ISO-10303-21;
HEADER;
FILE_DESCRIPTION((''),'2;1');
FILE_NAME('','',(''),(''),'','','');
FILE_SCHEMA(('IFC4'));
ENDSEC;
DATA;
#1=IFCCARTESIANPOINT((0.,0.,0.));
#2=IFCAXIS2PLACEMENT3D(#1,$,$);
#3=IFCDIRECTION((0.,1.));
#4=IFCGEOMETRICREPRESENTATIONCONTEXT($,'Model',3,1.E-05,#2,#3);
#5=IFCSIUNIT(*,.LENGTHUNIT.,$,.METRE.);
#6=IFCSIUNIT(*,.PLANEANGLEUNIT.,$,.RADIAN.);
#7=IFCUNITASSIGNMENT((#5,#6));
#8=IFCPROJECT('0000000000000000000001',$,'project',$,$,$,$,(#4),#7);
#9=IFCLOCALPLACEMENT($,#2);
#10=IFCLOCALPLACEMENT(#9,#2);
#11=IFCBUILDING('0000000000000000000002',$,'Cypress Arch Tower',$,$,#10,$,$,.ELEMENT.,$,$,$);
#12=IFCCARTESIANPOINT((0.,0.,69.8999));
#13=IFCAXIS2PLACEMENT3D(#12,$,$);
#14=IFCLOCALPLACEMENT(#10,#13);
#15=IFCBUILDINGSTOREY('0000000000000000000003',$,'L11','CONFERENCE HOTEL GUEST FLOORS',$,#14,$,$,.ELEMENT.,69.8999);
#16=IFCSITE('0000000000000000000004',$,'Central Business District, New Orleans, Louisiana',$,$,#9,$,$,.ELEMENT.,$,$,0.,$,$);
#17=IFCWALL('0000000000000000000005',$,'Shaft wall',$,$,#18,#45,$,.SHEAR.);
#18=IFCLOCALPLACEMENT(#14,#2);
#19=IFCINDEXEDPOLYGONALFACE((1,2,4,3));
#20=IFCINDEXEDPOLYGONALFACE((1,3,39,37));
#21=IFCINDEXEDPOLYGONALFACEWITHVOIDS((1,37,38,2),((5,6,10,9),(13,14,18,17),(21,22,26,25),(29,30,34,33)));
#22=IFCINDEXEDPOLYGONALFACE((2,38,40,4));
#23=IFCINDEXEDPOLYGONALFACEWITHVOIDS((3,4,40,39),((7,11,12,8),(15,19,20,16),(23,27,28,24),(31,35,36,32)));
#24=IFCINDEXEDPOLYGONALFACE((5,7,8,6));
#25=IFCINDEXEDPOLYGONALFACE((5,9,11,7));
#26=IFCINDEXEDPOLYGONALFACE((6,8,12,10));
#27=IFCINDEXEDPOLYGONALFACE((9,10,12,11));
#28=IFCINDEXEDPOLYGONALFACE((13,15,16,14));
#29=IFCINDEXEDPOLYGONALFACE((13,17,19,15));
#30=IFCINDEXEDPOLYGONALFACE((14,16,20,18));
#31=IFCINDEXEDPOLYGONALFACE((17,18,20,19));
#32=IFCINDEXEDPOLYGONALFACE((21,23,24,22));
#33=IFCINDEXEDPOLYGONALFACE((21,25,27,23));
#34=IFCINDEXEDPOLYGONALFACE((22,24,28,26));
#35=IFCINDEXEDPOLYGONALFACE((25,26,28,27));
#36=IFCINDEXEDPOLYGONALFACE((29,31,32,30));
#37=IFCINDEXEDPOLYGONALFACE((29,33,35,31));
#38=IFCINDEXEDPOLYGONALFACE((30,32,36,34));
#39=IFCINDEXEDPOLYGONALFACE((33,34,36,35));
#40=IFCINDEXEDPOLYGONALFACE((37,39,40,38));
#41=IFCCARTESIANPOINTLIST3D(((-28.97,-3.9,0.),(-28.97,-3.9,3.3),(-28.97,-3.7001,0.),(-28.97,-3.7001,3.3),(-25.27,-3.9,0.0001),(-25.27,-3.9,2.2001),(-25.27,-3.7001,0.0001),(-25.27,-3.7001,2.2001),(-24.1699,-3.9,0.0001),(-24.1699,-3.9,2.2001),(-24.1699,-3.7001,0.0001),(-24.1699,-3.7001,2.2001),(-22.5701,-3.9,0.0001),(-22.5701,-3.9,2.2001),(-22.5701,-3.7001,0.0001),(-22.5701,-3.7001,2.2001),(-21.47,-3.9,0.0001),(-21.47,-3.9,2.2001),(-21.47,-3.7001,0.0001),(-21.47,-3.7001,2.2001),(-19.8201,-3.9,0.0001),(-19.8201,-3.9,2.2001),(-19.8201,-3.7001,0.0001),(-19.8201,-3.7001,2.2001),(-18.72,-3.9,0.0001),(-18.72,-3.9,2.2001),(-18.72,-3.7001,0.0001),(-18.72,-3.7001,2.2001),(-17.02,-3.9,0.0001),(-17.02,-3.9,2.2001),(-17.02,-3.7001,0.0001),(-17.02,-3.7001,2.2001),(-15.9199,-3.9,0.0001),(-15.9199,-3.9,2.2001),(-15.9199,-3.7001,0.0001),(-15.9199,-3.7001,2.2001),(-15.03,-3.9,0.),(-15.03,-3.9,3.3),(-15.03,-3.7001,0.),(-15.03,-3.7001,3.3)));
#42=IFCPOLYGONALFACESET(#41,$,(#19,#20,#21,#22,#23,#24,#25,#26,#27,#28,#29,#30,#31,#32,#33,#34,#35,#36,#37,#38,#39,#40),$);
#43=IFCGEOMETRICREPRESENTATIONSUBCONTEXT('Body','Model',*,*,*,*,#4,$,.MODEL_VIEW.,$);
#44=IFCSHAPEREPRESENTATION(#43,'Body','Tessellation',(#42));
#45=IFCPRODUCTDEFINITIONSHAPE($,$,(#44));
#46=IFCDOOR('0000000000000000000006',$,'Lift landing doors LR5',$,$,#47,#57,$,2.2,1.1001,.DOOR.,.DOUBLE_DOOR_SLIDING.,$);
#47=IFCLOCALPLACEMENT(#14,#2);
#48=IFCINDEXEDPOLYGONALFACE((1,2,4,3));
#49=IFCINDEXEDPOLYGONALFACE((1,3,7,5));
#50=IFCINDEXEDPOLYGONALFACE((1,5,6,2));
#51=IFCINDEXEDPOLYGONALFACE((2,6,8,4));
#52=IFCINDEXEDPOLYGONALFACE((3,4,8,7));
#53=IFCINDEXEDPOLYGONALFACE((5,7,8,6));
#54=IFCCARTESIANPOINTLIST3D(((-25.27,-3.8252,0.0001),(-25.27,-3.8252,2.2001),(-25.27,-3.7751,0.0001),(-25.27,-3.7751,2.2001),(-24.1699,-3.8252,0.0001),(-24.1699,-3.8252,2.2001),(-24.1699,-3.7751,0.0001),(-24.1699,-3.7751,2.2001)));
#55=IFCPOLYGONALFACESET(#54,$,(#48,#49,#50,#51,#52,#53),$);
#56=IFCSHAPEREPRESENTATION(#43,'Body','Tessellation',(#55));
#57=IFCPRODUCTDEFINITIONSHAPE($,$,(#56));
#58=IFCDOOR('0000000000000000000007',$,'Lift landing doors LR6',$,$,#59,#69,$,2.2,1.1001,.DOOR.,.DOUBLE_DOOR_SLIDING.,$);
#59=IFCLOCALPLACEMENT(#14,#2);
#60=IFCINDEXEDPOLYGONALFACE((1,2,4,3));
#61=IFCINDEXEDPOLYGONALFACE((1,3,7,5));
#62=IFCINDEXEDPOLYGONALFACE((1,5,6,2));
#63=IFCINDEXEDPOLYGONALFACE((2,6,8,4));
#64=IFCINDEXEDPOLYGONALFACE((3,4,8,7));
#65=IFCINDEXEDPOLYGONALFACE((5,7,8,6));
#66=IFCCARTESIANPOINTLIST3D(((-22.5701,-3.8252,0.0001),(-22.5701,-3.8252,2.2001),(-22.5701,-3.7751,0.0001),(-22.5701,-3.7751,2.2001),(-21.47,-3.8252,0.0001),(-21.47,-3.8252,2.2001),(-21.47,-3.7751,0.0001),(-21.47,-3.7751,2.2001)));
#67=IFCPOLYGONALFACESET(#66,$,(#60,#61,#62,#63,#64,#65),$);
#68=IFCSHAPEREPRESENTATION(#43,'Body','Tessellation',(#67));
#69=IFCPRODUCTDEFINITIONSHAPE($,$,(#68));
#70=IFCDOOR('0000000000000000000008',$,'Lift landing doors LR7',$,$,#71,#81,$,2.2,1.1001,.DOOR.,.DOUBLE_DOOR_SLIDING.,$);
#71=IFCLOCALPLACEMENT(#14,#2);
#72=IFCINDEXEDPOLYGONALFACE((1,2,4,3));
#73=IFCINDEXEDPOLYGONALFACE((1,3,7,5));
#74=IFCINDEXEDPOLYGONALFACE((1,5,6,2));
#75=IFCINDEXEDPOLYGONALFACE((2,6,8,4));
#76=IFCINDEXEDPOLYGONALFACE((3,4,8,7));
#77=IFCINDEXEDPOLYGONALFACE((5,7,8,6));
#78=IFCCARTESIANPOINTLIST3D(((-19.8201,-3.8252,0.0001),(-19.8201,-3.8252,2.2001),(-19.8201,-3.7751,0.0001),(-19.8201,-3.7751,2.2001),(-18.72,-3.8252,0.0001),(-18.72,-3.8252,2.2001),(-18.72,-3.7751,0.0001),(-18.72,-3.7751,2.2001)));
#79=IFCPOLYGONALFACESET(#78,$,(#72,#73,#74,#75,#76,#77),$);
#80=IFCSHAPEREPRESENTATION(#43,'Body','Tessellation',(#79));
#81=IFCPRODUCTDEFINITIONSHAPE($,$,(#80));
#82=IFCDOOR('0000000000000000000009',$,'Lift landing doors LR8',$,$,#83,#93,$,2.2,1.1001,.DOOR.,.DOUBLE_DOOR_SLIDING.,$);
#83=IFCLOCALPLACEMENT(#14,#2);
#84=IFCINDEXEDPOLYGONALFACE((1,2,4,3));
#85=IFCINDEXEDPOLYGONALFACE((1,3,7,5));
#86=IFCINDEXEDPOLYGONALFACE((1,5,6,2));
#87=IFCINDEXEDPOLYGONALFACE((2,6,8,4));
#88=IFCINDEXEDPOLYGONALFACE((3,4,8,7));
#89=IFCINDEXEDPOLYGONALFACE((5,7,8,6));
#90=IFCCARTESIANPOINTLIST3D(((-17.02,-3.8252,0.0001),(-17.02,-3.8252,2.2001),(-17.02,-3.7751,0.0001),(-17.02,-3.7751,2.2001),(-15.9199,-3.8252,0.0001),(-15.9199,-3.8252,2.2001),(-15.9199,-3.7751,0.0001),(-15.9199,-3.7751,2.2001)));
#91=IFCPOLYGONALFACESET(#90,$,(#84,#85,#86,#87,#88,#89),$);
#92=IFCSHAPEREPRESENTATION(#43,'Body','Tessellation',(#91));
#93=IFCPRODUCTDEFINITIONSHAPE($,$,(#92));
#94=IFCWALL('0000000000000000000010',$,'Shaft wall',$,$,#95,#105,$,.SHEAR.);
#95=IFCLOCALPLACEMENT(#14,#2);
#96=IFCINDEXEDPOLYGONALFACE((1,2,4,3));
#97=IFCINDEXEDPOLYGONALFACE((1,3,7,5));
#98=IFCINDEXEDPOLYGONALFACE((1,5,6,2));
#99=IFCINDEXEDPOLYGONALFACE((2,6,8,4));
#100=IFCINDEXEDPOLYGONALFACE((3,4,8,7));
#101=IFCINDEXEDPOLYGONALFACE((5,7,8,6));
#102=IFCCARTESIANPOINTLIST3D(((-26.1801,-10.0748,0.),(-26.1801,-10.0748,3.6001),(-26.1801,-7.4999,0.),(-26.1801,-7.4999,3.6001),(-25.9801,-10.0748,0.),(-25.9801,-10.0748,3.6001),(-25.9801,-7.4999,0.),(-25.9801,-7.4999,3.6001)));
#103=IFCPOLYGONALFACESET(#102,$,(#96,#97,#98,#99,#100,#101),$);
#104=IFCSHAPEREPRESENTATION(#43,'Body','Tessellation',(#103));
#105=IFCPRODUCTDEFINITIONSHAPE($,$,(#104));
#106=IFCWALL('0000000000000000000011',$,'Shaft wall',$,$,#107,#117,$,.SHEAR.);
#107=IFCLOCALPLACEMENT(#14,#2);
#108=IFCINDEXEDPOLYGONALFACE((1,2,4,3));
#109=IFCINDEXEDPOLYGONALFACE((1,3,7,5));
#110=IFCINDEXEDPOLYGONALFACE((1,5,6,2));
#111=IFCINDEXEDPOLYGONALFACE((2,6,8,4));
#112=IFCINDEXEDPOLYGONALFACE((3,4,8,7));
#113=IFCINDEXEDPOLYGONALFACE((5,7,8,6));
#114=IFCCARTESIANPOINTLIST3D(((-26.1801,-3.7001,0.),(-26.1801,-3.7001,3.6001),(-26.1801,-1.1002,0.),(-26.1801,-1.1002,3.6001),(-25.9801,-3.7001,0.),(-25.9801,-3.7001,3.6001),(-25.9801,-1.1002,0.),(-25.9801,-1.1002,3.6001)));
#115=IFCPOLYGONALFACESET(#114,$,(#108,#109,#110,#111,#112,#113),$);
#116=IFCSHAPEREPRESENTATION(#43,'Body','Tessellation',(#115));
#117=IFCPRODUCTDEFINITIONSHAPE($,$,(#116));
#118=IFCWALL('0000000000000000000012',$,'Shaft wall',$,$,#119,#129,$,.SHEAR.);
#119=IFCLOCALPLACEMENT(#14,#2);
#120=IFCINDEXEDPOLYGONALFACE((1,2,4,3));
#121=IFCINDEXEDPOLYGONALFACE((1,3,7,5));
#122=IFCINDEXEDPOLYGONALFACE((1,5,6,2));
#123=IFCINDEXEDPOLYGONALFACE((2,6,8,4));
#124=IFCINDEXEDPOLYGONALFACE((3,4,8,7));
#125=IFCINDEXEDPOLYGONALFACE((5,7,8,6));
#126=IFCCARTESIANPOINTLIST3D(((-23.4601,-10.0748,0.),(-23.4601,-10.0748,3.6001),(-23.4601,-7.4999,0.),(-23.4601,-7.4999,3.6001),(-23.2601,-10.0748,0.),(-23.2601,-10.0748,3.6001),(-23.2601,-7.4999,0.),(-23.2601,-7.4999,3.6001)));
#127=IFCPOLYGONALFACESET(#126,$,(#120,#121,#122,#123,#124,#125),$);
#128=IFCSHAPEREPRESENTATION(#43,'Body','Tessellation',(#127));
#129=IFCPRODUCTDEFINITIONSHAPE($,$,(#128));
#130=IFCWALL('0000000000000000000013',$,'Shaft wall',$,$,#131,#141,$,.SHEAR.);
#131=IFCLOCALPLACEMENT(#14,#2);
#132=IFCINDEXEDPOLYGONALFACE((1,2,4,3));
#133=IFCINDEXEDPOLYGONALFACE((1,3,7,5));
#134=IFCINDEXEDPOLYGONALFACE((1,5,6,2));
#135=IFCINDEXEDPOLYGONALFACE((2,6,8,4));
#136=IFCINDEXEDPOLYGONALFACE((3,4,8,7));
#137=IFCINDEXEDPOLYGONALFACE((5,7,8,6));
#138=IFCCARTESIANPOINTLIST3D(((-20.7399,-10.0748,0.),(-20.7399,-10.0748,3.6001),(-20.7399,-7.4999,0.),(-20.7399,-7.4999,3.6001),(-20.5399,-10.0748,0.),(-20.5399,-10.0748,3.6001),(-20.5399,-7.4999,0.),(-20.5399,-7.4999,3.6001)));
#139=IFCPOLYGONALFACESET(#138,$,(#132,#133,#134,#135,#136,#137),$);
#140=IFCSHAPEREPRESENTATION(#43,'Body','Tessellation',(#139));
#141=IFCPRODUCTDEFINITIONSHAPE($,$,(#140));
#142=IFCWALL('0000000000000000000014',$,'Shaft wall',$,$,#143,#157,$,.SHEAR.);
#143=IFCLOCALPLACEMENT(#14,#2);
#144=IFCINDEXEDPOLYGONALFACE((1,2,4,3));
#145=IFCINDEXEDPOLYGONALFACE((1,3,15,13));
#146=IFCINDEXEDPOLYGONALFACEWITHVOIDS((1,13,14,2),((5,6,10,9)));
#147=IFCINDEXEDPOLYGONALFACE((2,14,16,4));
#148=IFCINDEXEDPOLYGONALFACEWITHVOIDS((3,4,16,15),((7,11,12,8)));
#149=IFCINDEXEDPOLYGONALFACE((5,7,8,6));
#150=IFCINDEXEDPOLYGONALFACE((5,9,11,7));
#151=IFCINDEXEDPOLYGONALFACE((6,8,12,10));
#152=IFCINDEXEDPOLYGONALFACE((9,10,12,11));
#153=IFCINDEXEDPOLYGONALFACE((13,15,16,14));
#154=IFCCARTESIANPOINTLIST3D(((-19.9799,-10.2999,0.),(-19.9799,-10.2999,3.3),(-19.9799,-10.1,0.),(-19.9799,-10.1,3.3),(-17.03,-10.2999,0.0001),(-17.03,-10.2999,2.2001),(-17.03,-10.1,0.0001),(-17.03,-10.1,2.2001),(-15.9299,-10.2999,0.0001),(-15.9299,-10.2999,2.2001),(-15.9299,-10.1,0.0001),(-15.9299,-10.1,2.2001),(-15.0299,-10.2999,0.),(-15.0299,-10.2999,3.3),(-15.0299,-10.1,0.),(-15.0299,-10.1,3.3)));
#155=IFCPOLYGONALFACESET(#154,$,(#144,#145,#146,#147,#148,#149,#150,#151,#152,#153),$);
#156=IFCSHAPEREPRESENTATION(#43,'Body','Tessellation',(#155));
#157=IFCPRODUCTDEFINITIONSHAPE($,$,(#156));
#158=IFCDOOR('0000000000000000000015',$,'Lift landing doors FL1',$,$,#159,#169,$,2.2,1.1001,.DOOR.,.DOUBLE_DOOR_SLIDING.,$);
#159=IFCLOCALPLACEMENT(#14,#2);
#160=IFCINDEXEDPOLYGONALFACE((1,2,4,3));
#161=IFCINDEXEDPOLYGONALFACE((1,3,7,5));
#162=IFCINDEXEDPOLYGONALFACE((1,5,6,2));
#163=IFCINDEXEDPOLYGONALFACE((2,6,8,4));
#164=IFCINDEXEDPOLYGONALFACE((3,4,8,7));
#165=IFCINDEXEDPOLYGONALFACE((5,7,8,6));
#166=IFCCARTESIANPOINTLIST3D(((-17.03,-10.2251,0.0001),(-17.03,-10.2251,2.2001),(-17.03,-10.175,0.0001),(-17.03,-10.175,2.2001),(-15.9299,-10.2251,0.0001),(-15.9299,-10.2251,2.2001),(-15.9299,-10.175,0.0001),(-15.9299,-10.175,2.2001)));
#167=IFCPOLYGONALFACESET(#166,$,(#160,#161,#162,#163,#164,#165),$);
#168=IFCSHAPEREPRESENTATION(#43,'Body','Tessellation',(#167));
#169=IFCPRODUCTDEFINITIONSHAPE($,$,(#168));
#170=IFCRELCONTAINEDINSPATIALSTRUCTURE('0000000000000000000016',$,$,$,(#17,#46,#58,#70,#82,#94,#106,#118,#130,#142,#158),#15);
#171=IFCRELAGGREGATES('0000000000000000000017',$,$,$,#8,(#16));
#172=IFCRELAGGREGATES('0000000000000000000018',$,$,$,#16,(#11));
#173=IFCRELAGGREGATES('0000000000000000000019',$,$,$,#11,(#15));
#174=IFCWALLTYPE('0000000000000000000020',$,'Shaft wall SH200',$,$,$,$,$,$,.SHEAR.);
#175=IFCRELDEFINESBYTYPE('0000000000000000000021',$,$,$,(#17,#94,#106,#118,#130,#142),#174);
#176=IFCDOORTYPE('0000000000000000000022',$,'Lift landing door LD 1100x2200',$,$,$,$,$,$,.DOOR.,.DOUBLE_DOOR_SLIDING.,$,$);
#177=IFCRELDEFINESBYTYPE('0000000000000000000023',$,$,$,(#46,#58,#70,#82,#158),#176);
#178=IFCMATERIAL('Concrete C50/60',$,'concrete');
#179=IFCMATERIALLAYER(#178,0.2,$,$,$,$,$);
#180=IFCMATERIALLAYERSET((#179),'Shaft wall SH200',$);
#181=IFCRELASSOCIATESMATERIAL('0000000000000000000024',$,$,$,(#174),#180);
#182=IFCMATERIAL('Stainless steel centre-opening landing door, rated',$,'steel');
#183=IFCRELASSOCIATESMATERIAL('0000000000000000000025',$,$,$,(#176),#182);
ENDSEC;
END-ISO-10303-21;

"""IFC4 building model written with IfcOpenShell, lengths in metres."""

from ifc_helpers import new_model, si_unit, direction, frame, frame_2d, origin, place, context, subcontext, project, spatial, rectangle, extrude, material, layer, layer_set, type_object, element, fill, save


model = new_model("IFC4")

# Units and contexts
model_context = context("Model", 3, precision=1e-05, world=origin(), true_north=direction((0.0, 1.0)))
body_context = subcontext(model_context, "Body", "Model", "MODEL_VIEW")
ifc_project = project(units=[si_unit("LENGTHUNIT", "METRE"), si_unit("PLANEANGLEUNIT", "RADIAN")], contexts=[model_context])

# Site, building, storey
site_placement = place(None, origin())
site = spatial("IfcSite", under=ifc_project, at=site_placement, Name="Central Business District, New Orleans, Louisiana", CompositionType="ELEMENT", RefElevation=0.0)
building_placement = place(site_placement, origin())
building = spatial("IfcBuilding", under=site, at=building_placement, Name="Cypress Arch Tower", CompositionType="ELEMENT")
storey_placement = place(building_placement, frame((0.0, 0.0, 69.8999)))
storey = spatial("IfcBuildingStorey", under=building, at=storey_placement, Name="L11", Description="CONFERENCE HOTEL GUEST FLOORS", CompositionType="ELEMENT", Elevation=69.8999)

# Wall, openings, doors
ifc_material_1 = material(Name="Concrete C50/60", Category="concrete")
ifc_layer_1 = layer(ifc_material_1, 0.2)
ifc_layer_set_1 = layer_set([ifc_layer_1], Name="Shaft wall SH200")
wall_type_1 = type_object("IfcWallType", Name="Shaft wall SH200", PredefinedType="SHEAR", material=ifc_layer_set_1)
ifc_material_2 = material(Name="Stainless steel centre-opening landing door, rated", Category="steel")
door_type = type_object("IfcDoorType", Name="Lift landing door LD 1100x2200", OperationType="DOUBLE_DOOR_SLIDING", PredefinedType="DOOR", material=ifc_material_2)
wall_1_placement = place(storey_placement, frame((-28.97, -3.8, 0.0), z_axis=(0.0, 0.0, 1.0), x_axis=(1.0, 0.0, 0.0)))
wall_1 = element("IfcWall", 1, at=wall_1_placement, inside=storey, type_object=wall_type_1, Name="Shaft wall", PredefinedType="SHEAR", context=body_context, shape_type="SweptSolid", body=[
    extrude(rectangle(XDim=13.9399, YDim=0.2, at=frame_2d((6.97, 0.0))), origin(), (0.0, 0.0, 1.0), 3.3),
])
opening_1_placement = place(wall_1_placement, frame((3.7, 0.0, 0.0)))
opening_1 = element("IfcOpeningElement", 2, at=opening_1_placement, cuts=wall_1, PredefinedType="OPENING", context=body_context, shape_type="SweptSolid", body=[
    extrude(rectangle(XDim=1.1001, YDim=2.2, at=frame_2d((0.55, 1.1001))), frame((0.0, 0.1099, 0.0), z_axis=(0.0, -1.0, 0.0), x_axis=(1.0, 0.0, 0.0)), (0.0, 0.0, 1.0), 0.22),
])
opening_2_placement = place(wall_1_placement, frame((6.3999, 0.0, 0.0)))
opening_2 = element("IfcOpeningElement", 3, at=opening_2_placement, cuts=wall_1, PredefinedType="OPENING", context=body_context, shape_type="SweptSolid", body=[
    extrude(rectangle(XDim=1.1001, YDim=2.2, at=frame_2d((0.55, 1.1001))), frame((0.0, 0.1099, 0.0), z_axis=(0.0, -1.0, 0.0), x_axis=(1.0, 0.0, 0.0)), (0.0, 0.0, 1.0), 0.22),
])
opening_3_placement = place(wall_1_placement, frame((9.1499, 0.0, 0.0)))
opening_3 = element("IfcOpeningElement", 4, at=opening_3_placement, cuts=wall_1, PredefinedType="OPENING", context=body_context, shape_type="SweptSolid", body=[
    extrude(rectangle(XDim=1.1001, YDim=2.2, at=frame_2d((0.55, 1.1001))), frame((0.0, 0.1099, 0.0), z_axis=(0.0, -1.0, 0.0), x_axis=(1.0, 0.0, 0.0)), (0.0, 0.0, 1.0), 0.22),
])
opening_4_placement = place(wall_1_placement, frame((11.95, 0.0, 0.0)))
opening_4 = element("IfcOpeningElement", 5, at=opening_4_placement, cuts=wall_1, PredefinedType="OPENING", context=body_context, shape_type="SweptSolid", body=[
    extrude(rectangle(XDim=1.1001, YDim=2.2, at=frame_2d((0.55, 1.1001))), frame((0.0, 0.1099, 0.0), z_axis=(0.0, -1.0, 0.0), x_axis=(1.0, 0.0, 0.0)), (0.0, 0.0, 1.0), 0.22),
])
door_1_placement = place(opening_1_placement, origin())
door_1 = element("IfcDoor", 6, at=door_1_placement, inside=storey, type_object=door_type, Name="Lift landing doors LR5", OperationType="DOUBLE_DOOR_SLIDING", OverallHeight=2.2, OverallWidth=1.1001, PredefinedType="DOOR", context=body_context, shape_type="SweptSolid", body=[
    extrude(rectangle(XDim=1.1001, YDim=2.2, at=frame_2d((0.55, 1.1001))), frame((0.0, 0.0249, 0.0), z_axis=(0.0, -1.0, 0.0), x_axis=(1.0, 0.0, 0.0)), (0.0, 0.0, 1.0), 0.05),
])
fill(opening_1, door_1)
door_2_placement = place(opening_2_placement, origin())
door_2 = element("IfcDoor", 7, at=door_2_placement, inside=storey, type_object=door_type, Name="Lift landing doors LR6", OperationType="DOUBLE_DOOR_SLIDING", OverallHeight=2.2, OverallWidth=1.1001, PredefinedType="DOOR", context=body_context, shape_type="SweptSolid", body=[
    extrude(rectangle(XDim=1.1001, YDim=2.2, at=frame_2d((0.55, 1.1001))), frame((0.0, 0.0249, 0.0), z_axis=(0.0, -1.0, 0.0), x_axis=(1.0, 0.0, 0.0)), (0.0, 0.0, 1.0), 0.05),
])
fill(opening_2, door_2)
door_3_placement = place(opening_3_placement, origin())
door_3 = element("IfcDoor", 8, at=door_3_placement, inside=storey, type_object=door_type, Name="Lift landing doors LR7", OperationType="DOUBLE_DOOR_SLIDING", OverallHeight=2.2, OverallWidth=1.1001, PredefinedType="DOOR", context=body_context, shape_type="SweptSolid", body=[
    extrude(rectangle(XDim=1.1001, YDim=2.2, at=frame_2d((0.55, 1.1001))), frame((0.0, 0.0249, 0.0), z_axis=(0.0, -1.0, 0.0), x_axis=(1.0, 0.0, 0.0)), (0.0, 0.0, 1.0), 0.05),
])
fill(opening_3, door_3)
door_4_placement = place(opening_4_placement, origin())
door_4 = element("IfcDoor", 9, at=door_4_placement, inside=storey, type_object=door_type, Name="Lift landing doors LR8", OperationType="DOUBLE_DOOR_SLIDING", OverallHeight=2.2, OverallWidth=1.1001, PredefinedType="DOOR", context=body_context, shape_type="SweptSolid", body=[
    extrude(rectangle(XDim=1.1001, YDim=2.2, at=frame_2d((0.55, 1.1001))), frame((0.0, 0.0249, 0.0), z_axis=(0.0, -1.0, 0.0), x_axis=(1.0, 0.0, 0.0)), (0.0, 0.0, 1.0), 0.05),
])
fill(opening_4, door_4)

# Walls
wall_2_placement = place(storey_placement, frame((-26.0801, -10.075, 0.0), z_axis=(0.0, 0.0, 1.0), x_axis=(0.0, 1.0, 0.0)))
element("IfcWall", 10, at=wall_2_placement, inside=storey, type_object=wall_type_1, Name="Shaft wall", PredefinedType="SHEAR", context=body_context, shape_type="SweptSolid", body=[
    extrude(rectangle(XDim=2.575, YDim=0.2, at=frame_2d((1.2876, 0.0))), origin(), (0.0, 0.0, 1.0), 3.6001),
])
wall_3_placement = place(storey_placement, frame((-26.0801, -3.7, 0.0), z_axis=(0.0, 0.0, 1.0), x_axis=(0.0, 1.0, 0.0)))
element("IfcWall", 11, at=wall_3_placement, inside=storey, type_object=wall_type_1, Name="Shaft wall", PredefinedType="SHEAR", context=body_context, shape_type="SweptSolid", body=[
    extrude(rectangle(XDim=2.5999, YDim=0.2, at=frame_2d((1.2998, 0.0))), origin(), (0.0, 0.0, 1.0), 3.6001),
])
for number, where, z_axis, x_axis, name in (
    (12, (-23.3601, -10.075, 0.0), (0.0, 0.0, 1.0), (0.0, 1.0, 0.0), "Shaft wall"),
    (13, (-20.6399, -10.075, 0.0), (0.0, 0.0, 1.0), (0.0, 1.0, 0.0), "Shaft wall"),
):
    element("IfcWall", number, at=place(storey_placement, frame(where, z_axis=z_axis, x_axis=x_axis)), inside=storey, type_object=wall_type_1, Name=name, PredefinedType="SHEAR", context=body_context, shape_type="SweptSolid", body=[
        extrude(rectangle(XDim=2.575, YDim=0.2, at=frame_2d((1.2876, 0.0))), origin(), (0.0, 0.0, 1.0), 3.6001),
    ])

# Wall, opening, door
wall_4_placement = place(storey_placement, frame((-19.98, -10.2, 0.0), z_axis=(0.0, 0.0, 1.0), x_axis=(1.0, 0.0, 0.0)))
wall_4 = element("IfcWall", 14, at=wall_4_placement, inside=storey, type_object=wall_type_1, Name="Shaft wall", PredefinedType="SHEAR", context=body_context, shape_type="SweptSolid", body=[
    extrude(rectangle(XDim=4.95, YDim=0.2, at=frame_2d((2.4751, 0.0))), origin(), (0.0, 0.0, 1.0), 3.3),
])
opening_5_placement = place(wall_4_placement, frame((2.95, 0.0, 0.0)))
opening_5 = element("IfcOpeningElement", 15, at=opening_5_placement, cuts=wall_4, PredefinedType="OPENING", context=body_context, shape_type="SweptSolid", body=[
    extrude(rectangle(XDim=1.1001, YDim=2.2, at=frame_2d((0.55, 1.1001))), frame((0.0, 0.1099, 0.0), z_axis=(0.0, -1.0, 0.0), x_axis=(1.0, 0.0, 0.0)), (0.0, 0.0, 1.0), 0.22),
])
door_5_placement = place(opening_5_placement, origin())
door_5 = element("IfcDoor", 16, at=door_5_placement, inside=storey, type_object=door_type, Name="Lift landing doors FL1", OperationType="DOUBLE_DOOR_SLIDING", OverallHeight=2.2, OverallWidth=1.1001, PredefinedType="DOOR", context=body_context, shape_type="SweptSolid", body=[
    extrude(rectangle(XDim=1.1001, YDim=2.2, at=frame_2d((0.55, 1.1001))), frame((0.0, 0.0249, 0.0), z_axis=(0.0, -1.0, 0.0), x_axis=(1.0, 0.0, 0.0)), (0.0, 0.0, 1.0), 0.05),
])
fill(opening_5, door_5)

save(model, "model.ifc")
